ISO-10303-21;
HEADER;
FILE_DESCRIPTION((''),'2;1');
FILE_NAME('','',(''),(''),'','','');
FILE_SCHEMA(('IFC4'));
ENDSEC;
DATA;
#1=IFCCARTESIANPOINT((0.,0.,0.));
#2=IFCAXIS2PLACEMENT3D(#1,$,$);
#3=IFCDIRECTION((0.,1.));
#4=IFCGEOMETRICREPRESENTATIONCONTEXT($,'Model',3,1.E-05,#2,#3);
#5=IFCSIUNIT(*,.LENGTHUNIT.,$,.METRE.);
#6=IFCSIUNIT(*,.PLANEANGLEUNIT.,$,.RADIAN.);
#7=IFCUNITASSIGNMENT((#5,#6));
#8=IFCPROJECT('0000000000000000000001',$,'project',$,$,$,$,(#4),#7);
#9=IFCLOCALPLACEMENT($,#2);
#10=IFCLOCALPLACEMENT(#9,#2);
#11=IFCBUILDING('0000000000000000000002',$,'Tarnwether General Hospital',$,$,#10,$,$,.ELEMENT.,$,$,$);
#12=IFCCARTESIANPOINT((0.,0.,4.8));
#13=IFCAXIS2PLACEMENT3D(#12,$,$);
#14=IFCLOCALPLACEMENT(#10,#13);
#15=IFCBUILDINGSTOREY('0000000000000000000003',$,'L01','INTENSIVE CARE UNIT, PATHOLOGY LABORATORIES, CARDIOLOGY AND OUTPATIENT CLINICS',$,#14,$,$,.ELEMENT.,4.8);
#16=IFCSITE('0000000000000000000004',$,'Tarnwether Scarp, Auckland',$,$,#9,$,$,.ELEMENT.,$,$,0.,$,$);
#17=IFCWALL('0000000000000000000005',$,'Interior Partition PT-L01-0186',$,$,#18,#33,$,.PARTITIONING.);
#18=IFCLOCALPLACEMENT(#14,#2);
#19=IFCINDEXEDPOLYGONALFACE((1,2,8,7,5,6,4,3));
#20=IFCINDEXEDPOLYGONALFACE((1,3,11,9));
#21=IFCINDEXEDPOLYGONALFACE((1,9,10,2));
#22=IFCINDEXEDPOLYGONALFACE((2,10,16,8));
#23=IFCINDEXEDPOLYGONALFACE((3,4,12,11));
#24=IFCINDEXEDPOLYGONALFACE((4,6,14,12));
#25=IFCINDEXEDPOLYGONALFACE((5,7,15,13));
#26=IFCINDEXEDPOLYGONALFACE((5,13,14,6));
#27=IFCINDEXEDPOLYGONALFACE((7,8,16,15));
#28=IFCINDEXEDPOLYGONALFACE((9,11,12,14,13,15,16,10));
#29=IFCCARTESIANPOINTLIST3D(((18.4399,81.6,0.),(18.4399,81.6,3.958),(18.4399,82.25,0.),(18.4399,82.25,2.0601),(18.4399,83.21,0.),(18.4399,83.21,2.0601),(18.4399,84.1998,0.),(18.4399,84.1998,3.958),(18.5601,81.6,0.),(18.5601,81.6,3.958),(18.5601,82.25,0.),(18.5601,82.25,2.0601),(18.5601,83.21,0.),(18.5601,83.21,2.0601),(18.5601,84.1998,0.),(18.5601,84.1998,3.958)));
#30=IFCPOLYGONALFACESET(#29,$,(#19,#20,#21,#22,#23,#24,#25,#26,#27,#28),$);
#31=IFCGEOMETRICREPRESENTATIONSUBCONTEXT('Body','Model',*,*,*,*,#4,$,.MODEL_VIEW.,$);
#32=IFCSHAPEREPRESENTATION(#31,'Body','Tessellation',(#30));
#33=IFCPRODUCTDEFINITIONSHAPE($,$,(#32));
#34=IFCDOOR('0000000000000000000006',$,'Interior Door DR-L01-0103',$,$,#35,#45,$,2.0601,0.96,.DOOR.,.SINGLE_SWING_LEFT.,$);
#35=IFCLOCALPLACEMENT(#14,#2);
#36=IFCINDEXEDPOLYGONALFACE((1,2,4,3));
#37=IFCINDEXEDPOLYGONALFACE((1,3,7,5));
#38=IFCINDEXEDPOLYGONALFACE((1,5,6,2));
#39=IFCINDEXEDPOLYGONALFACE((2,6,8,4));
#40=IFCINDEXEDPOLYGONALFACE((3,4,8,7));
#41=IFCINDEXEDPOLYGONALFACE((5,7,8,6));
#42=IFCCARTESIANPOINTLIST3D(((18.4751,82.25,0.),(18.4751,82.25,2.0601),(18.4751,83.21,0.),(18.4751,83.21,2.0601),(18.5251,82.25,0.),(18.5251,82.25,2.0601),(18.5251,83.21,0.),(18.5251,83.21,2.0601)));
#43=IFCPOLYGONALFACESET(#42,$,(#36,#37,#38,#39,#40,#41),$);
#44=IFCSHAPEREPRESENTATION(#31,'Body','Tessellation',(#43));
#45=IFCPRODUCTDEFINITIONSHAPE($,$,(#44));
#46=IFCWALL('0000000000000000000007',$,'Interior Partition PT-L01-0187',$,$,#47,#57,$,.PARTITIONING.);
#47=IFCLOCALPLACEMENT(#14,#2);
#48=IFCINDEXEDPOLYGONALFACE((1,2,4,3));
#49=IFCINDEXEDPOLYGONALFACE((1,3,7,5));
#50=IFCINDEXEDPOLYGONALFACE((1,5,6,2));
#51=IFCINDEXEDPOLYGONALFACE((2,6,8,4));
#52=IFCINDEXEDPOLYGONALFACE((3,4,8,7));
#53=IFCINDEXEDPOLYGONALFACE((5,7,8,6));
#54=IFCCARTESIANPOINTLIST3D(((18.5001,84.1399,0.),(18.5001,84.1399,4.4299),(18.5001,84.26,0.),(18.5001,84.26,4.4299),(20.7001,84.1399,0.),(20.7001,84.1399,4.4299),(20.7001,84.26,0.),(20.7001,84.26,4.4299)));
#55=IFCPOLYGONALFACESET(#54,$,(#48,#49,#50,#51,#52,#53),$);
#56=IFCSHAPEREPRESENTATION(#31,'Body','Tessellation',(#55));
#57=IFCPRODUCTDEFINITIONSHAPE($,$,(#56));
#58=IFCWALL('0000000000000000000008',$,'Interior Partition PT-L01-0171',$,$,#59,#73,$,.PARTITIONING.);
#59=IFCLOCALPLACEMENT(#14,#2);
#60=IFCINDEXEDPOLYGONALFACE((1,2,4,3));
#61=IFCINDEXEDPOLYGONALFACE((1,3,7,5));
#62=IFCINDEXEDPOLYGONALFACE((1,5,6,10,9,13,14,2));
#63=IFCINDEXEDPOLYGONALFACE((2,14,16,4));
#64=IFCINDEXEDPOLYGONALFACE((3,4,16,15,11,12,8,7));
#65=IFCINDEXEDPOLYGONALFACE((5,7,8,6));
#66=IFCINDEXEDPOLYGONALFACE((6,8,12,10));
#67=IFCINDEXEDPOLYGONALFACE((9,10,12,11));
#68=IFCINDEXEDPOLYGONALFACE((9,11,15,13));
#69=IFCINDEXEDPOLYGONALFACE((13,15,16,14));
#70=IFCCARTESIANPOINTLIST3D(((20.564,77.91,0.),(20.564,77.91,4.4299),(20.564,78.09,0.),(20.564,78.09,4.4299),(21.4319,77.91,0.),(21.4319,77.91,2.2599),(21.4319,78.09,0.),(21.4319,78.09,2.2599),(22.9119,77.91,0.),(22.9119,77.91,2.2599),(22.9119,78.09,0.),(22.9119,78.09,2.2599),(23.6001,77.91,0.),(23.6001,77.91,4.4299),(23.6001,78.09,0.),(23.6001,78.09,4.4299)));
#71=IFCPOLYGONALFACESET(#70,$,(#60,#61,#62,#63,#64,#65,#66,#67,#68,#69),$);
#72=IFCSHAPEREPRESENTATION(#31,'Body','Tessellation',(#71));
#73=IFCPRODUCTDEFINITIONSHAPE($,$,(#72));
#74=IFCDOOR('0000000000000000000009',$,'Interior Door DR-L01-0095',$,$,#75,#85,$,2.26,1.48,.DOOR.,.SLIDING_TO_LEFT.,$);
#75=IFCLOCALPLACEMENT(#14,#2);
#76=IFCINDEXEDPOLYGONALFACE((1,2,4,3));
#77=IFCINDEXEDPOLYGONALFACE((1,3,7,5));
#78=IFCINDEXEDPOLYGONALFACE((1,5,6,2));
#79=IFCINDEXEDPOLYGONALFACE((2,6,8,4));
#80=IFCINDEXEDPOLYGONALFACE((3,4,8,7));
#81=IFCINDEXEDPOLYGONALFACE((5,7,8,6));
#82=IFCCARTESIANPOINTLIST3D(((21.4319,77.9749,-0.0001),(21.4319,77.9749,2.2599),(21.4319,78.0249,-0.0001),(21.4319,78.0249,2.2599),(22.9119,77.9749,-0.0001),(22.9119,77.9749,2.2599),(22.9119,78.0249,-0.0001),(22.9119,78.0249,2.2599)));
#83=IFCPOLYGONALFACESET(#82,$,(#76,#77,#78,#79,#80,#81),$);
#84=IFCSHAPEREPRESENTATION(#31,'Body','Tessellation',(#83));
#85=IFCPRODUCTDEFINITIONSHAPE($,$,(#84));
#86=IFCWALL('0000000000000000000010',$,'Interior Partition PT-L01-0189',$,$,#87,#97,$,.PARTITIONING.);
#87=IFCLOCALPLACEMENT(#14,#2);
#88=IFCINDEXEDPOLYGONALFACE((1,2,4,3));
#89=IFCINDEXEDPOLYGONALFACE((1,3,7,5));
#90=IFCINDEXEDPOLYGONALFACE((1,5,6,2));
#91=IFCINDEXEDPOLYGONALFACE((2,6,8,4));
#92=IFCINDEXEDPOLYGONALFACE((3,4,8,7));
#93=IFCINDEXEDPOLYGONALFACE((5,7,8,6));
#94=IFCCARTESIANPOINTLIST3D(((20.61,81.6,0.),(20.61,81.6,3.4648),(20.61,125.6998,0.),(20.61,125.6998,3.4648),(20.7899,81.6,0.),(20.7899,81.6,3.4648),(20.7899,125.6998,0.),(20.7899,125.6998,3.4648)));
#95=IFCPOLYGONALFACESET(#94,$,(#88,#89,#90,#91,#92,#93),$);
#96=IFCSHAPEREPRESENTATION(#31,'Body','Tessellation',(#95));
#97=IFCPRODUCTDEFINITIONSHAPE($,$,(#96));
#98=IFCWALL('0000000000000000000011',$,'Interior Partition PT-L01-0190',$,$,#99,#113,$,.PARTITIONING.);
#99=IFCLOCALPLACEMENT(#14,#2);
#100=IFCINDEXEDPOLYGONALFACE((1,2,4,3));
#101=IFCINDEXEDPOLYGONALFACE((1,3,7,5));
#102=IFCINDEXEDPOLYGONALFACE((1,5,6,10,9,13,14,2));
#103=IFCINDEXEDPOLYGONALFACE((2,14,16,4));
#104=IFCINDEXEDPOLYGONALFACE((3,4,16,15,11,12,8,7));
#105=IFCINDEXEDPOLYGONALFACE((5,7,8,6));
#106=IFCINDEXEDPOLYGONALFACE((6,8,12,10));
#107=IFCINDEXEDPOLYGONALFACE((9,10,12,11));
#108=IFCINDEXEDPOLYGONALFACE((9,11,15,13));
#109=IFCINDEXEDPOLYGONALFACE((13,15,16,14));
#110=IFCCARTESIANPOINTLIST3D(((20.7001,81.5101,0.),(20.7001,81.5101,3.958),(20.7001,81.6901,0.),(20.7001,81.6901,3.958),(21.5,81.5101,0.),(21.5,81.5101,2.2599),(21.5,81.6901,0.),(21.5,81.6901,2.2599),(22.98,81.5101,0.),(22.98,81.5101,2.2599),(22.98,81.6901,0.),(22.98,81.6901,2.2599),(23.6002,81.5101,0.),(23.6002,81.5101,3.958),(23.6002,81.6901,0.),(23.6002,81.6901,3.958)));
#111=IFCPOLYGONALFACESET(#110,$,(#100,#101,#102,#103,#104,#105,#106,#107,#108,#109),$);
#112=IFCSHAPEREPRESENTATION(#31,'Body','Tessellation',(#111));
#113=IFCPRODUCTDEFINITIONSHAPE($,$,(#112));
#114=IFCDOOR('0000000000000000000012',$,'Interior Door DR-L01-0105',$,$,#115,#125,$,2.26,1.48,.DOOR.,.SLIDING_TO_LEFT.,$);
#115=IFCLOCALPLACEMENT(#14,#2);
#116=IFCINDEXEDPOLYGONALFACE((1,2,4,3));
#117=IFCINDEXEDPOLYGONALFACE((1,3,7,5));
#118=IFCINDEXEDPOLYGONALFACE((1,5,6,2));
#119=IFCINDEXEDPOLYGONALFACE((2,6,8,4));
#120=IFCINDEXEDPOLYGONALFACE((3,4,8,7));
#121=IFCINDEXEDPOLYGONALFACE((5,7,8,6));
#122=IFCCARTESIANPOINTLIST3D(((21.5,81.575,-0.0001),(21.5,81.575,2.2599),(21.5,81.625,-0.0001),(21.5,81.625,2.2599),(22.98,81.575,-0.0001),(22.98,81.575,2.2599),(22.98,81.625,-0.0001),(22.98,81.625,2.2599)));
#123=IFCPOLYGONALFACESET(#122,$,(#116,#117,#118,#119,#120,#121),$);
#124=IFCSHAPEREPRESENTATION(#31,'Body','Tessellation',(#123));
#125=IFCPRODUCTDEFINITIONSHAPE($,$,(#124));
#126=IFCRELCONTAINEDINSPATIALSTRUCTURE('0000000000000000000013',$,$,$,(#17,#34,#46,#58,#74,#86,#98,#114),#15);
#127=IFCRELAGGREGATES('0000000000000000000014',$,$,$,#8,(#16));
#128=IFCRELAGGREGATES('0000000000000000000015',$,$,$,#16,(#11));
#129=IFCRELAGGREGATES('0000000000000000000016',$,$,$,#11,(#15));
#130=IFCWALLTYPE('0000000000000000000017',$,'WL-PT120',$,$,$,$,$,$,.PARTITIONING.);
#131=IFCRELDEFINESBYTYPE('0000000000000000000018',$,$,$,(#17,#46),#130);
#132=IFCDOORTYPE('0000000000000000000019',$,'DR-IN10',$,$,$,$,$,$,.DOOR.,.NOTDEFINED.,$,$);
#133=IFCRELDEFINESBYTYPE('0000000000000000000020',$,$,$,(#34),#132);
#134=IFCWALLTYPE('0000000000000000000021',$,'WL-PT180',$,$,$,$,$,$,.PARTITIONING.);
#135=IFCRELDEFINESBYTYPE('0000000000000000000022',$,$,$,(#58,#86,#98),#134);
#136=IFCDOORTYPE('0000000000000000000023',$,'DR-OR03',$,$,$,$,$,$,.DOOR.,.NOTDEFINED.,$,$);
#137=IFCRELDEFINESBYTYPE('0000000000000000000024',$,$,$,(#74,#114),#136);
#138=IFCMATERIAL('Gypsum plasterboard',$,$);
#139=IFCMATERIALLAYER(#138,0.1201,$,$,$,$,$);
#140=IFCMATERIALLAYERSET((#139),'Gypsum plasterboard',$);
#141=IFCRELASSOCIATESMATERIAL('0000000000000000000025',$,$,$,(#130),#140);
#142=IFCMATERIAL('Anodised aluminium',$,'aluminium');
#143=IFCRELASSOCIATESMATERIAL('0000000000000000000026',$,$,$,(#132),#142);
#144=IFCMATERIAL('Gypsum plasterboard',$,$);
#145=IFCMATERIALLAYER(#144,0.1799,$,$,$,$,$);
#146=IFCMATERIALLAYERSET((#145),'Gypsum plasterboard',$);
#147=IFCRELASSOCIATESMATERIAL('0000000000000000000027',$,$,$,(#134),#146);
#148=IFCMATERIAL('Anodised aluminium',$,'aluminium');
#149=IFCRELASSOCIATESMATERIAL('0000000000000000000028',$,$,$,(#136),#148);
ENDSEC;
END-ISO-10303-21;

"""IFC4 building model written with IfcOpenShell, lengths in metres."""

from ifc_helpers import new_model, si_unit, direction, frame, frame_2d, origin, place, context, subcontext, project, spatial, rectangle, extrude, material, layer, layer_set, type_object, element, fill, save


model = new_model("IFC4")

# Units and contexts
model_context = context("Model", 3, precision=1e-05, world=origin(), true_north=direction((0.0, 1.0)))
body_context = subcontext(model_context, "Body", "Model", "MODEL_VIEW")
ifc_project = project(units=[si_unit("LENGTHUNIT", "METRE"), si_unit("PLANEANGLEUNIT", "RADIAN")], contexts=[model_context])

# Site, building, storey
site_placement = place(None, origin())
site = spatial("IfcSite", under=ifc_project, at=site_placement, Name="Tarnwether Scarp, Auckland", CompositionType="ELEMENT", RefElevation=0.0)
building_placement = place(site_placement, origin())
building = spatial("IfcBuilding", under=site, at=building_placement, Name="Tarnwether General Hospital", CompositionType="ELEMENT")
storey_placement = place(building_placement, frame((0.0, 0.0, 4.8)))
storey = spatial("IfcBuildingStorey", under=building, at=storey_placement, Name="L01", Description="INTENSIVE CARE UNIT, PATHOLOGY LABORATORIES, CARDIOLOGY AND OUTPATIENT CLINICS", CompositionType="ELEMENT", Elevation=4.8)

# Shared definitions
ifc_material_1 = material(Name="Gypsum plasterboard")
ifc_layer_1 = layer(ifc_material_1, 0.1201)
ifc_layer_set_1 = layer_set([ifc_layer_1], Name="Gypsum plasterboard")
wall_type_1 = type_object("IfcWallType", Name="WL-PT120", PredefinedType="PARTITIONING", material=ifc_layer_set_1)
ifc_material_2 = material(Name="Anodised aluminium", Category="aluminium")
door_type_1 = type_object("IfcDoorType", Name="DR-IN10", OperationType="NOTDEFINED", PredefinedType="DOOR", material=ifc_material_2)

# Wall, opening, door
wall_1_placement = place(storey_placement, frame((18.5, 81.6001, 0.0), z_axis=(0.0, 0.0, 1.0), x_axis=(0.0, 1.0, 0.0)))
wall_1 = element("IfcWall", 1, at=wall_1_placement, inside=storey, type_object=wall_type_1, Name="Interior Partition PT-L01-0186", PredefinedType="PARTITIONING", context=body_context, shape_type="SweptSolid", body=[
    extrude(rectangle(XDim=2.5999, YDim=0.1201, at=frame_2d((1.2998, 0.0))), origin(), (0.0, 0.0, 1.0), 3.958),
])
opening_1_placement = place(wall_1_placement, frame((0.6499, 0.0, 0.0)))
opening_1 = element("IfcOpeningElement", 2, at=opening_1_placement, cuts=wall_1, PredefinedType="OPENING", context=body_context, shape_type="SweptSolid", body=[
    extrude(rectangle(XDim=0.96, YDim=2.0601, at=frame_2d((0.48, 1.03))), frame((0.0, 0.0701, 0.0), z_axis=(0.0, -1.0, 0.0), x_axis=(1.0, 0.0, 0.0)), (0.0, 0.0, 1.0), 0.1401),
])
door_1_placement = place(opening_1_placement, origin())
door_1 = element("IfcDoor", 3, at=door_1_placement, inside=storey, type_object=door_type_1, Name="Interior Door DR-L01-0103", OperationType="SINGLE_SWING_LEFT", OverallHeight=2.0601, OverallWidth=0.96, PredefinedType="DOOR", context=body_context, shape_type="SweptSolid", body=[
    extrude(rectangle(XDim=0.96, YDim=2.0601, at=frame_2d((0.48, 1.03))), frame((0.0, 0.0249, 0.0), z_axis=(0.0, -1.0, 0.0), x_axis=(1.0, 0.0, 0.0)), (0.0, 0.0, 1.0), 0.05),
])
fill(opening_1, door_1)

# Wall
wall_2_placement = place(storey_placement, frame((18.5, 84.2, 0.0), z_axis=(0.0, 0.0, 1.0), x_axis=(1.0, 0.0, 0.0)))
element("IfcWall", 4, at=wall_2_placement, inside=storey, type_object=wall_type_1, Name="Interior Partition PT-L01-0187", PredefinedType="PARTITIONING", context=body_context, shape_type="SweptSolid", body=[
    extrude(rectangle(XDim=2.2, YDim=0.1201, at=frame_2d((1.1001, 0.0))), origin(), (0.0, 0.0, 1.0), 4.4299),
])

# Wall, opening, door
ifc_material_3 = material(Name="Gypsum plasterboard")
ifc_layer_2 = layer(ifc_material_3, 0.1799)
ifc_layer_set_2 = layer_set([ifc_layer_2], Name="Gypsum plasterboard")
wall_type_2 = type_object("IfcWallType", Name="WL-PT180", PredefinedType="PARTITIONING", material=ifc_layer_set_2)
wall_3_placement = place(storey_placement, frame((20.564, 78.0, 0.0), z_axis=(0.0, 0.0, 1.0), x_axis=(1.0, 0.0, 0.0)))
wall_3 = element("IfcWall", 5, at=wall_3_placement, inside=storey, type_object=wall_type_2, Name="Interior Partition PT-L01-0171", PredefinedType="PARTITIONING", context=body_context, shape_type="SweptSolid", body=[
    extrude(rectangle(XDim=3.0361, YDim=0.1799, at=frame_2d((1.5181, 0.0))), origin(), (0.0, 0.0, 1.0), 4.4299),
])
opening_2_placement = place(wall_3_placement, frame((0.8679, 0.0, 0.0)))
opening_2 = element("IfcOpeningElement", 6, at=opening_2_placement, cuts=wall_3, PredefinedType="OPENING", context=body_context, shape_type="SweptSolid", body=[
    extrude(rectangle(XDim=1.48, YDim=2.26, at=frame_2d((0.74, 1.1299))), frame((0.0, 0.1001, 0.0), z_axis=(0.0, -1.0, 0.0), x_axis=(1.0, 0.0, 0.0)), (0.0, 0.0, 1.0), 0.2),
])
ifc_material_4 = material(Name="Anodised aluminium", Category="aluminium")
door_type_2 = type_object("IfcDoorType", Name="DR-OR03", OperationType="NOTDEFINED", PredefinedType="DOOR", material=ifc_material_4)
door_2_placement = place(opening_2_placement, origin())
door_2 = element("IfcDoor", 7, at=door_2_placement, inside=storey, type_object=door_type_2, Name="Interior Door DR-L01-0095", OperationType="SLIDING_TO_LEFT", OverallHeight=2.26, OverallWidth=1.48, PredefinedType="DOOR", context=body_context, shape_type="SweptSolid", body=[
    extrude(rectangle(XDim=1.48, YDim=2.26, at=frame_2d((0.74, 1.1299))), frame((0.0, 0.0249, 0.0), z_axis=(0.0, -1.0, 0.0), x_axis=(1.0, 0.0, 0.0)), (0.0, 0.0, 1.0), 0.05),
])
fill(opening_2, door_2)

# Wall
wall_4_placement = place(storey_placement, frame((20.7, 81.6001, 0.0), z_axis=(0.0, 0.0, 1.0), x_axis=(0.0, 1.0, 0.0)))
element("IfcWall", 8, at=wall_4_placement, inside=storey, type_object=wall_type_2, Name="Interior Partition PT-L01-0189", PredefinedType="PARTITIONING", context=body_context, shape_type="SweptSolid", body=[
    extrude(rectangle(XDim=44.0999, YDim=0.1799, at=frame_2d((22.0498, 0.0))), origin(), (0.0, 0.0, 1.0), 3.4648),
])

# Wall, opening, door
wall_5_placement = place(storey_placement, frame((20.7, 81.6001, 0.0), z_axis=(0.0, 0.0, 1.0), x_axis=(1.0, 0.0, 0.0)))
wall_5 = element("IfcWall", 9, at=wall_5_placement, inside=storey, type_object=wall_type_2, Name="Interior Partition PT-L01-0190", PredefinedType="PARTITIONING", context=body_context, shape_type="SweptSolid", body=[
    extrude(rectangle(XDim=2.9001, YDim=0.1799, at=frame_2d((1.4502, 0.0))), origin(), (0.0, 0.0, 1.0), 3.958),
])
opening_3_placement = place(wall_5_placement, frame((0.8, 0.0, 0.0)))
opening_3 = element("IfcOpeningElement", 10, at=opening_3_placement, cuts=wall_5, PredefinedType="OPENING", context=body_context, shape_type="SweptSolid", body=[
    extrude(rectangle(XDim=1.48, YDim=2.26, at=frame_2d((0.74, 1.1299))), frame((0.0, 0.1001, 0.0), z_axis=(0.0, -1.0, 0.0), x_axis=(1.0, 0.0, 0.0)), (0.0, 0.0, 1.0), 0.2),
])
door_3_placement = place(opening_3_placement, origin())
door_3 = element("IfcDoor", 11, at=door_3_placement, inside=storey, type_object=door_type_2, Name="Interior Door DR-L01-0105", OperationType="SLIDING_TO_LEFT", OverallHeight=2.26, OverallWidth=1.48, PredefinedType="DOOR", context=body_context, shape_type="SweptSolid", body=[
    extrude(rectangle(XDim=1.48, YDim=2.26, at=frame_2d((0.74, 1.1299))), frame((0.0, 0.0249, 0.0), z_axis=(0.0, -1.0, 0.0), x_axis=(1.0, 0.0, 0.0)), (0.0, 0.0, 1.0), 0.05),
])
fill(opening_3, door_3)

save(model, "model.ifc")
